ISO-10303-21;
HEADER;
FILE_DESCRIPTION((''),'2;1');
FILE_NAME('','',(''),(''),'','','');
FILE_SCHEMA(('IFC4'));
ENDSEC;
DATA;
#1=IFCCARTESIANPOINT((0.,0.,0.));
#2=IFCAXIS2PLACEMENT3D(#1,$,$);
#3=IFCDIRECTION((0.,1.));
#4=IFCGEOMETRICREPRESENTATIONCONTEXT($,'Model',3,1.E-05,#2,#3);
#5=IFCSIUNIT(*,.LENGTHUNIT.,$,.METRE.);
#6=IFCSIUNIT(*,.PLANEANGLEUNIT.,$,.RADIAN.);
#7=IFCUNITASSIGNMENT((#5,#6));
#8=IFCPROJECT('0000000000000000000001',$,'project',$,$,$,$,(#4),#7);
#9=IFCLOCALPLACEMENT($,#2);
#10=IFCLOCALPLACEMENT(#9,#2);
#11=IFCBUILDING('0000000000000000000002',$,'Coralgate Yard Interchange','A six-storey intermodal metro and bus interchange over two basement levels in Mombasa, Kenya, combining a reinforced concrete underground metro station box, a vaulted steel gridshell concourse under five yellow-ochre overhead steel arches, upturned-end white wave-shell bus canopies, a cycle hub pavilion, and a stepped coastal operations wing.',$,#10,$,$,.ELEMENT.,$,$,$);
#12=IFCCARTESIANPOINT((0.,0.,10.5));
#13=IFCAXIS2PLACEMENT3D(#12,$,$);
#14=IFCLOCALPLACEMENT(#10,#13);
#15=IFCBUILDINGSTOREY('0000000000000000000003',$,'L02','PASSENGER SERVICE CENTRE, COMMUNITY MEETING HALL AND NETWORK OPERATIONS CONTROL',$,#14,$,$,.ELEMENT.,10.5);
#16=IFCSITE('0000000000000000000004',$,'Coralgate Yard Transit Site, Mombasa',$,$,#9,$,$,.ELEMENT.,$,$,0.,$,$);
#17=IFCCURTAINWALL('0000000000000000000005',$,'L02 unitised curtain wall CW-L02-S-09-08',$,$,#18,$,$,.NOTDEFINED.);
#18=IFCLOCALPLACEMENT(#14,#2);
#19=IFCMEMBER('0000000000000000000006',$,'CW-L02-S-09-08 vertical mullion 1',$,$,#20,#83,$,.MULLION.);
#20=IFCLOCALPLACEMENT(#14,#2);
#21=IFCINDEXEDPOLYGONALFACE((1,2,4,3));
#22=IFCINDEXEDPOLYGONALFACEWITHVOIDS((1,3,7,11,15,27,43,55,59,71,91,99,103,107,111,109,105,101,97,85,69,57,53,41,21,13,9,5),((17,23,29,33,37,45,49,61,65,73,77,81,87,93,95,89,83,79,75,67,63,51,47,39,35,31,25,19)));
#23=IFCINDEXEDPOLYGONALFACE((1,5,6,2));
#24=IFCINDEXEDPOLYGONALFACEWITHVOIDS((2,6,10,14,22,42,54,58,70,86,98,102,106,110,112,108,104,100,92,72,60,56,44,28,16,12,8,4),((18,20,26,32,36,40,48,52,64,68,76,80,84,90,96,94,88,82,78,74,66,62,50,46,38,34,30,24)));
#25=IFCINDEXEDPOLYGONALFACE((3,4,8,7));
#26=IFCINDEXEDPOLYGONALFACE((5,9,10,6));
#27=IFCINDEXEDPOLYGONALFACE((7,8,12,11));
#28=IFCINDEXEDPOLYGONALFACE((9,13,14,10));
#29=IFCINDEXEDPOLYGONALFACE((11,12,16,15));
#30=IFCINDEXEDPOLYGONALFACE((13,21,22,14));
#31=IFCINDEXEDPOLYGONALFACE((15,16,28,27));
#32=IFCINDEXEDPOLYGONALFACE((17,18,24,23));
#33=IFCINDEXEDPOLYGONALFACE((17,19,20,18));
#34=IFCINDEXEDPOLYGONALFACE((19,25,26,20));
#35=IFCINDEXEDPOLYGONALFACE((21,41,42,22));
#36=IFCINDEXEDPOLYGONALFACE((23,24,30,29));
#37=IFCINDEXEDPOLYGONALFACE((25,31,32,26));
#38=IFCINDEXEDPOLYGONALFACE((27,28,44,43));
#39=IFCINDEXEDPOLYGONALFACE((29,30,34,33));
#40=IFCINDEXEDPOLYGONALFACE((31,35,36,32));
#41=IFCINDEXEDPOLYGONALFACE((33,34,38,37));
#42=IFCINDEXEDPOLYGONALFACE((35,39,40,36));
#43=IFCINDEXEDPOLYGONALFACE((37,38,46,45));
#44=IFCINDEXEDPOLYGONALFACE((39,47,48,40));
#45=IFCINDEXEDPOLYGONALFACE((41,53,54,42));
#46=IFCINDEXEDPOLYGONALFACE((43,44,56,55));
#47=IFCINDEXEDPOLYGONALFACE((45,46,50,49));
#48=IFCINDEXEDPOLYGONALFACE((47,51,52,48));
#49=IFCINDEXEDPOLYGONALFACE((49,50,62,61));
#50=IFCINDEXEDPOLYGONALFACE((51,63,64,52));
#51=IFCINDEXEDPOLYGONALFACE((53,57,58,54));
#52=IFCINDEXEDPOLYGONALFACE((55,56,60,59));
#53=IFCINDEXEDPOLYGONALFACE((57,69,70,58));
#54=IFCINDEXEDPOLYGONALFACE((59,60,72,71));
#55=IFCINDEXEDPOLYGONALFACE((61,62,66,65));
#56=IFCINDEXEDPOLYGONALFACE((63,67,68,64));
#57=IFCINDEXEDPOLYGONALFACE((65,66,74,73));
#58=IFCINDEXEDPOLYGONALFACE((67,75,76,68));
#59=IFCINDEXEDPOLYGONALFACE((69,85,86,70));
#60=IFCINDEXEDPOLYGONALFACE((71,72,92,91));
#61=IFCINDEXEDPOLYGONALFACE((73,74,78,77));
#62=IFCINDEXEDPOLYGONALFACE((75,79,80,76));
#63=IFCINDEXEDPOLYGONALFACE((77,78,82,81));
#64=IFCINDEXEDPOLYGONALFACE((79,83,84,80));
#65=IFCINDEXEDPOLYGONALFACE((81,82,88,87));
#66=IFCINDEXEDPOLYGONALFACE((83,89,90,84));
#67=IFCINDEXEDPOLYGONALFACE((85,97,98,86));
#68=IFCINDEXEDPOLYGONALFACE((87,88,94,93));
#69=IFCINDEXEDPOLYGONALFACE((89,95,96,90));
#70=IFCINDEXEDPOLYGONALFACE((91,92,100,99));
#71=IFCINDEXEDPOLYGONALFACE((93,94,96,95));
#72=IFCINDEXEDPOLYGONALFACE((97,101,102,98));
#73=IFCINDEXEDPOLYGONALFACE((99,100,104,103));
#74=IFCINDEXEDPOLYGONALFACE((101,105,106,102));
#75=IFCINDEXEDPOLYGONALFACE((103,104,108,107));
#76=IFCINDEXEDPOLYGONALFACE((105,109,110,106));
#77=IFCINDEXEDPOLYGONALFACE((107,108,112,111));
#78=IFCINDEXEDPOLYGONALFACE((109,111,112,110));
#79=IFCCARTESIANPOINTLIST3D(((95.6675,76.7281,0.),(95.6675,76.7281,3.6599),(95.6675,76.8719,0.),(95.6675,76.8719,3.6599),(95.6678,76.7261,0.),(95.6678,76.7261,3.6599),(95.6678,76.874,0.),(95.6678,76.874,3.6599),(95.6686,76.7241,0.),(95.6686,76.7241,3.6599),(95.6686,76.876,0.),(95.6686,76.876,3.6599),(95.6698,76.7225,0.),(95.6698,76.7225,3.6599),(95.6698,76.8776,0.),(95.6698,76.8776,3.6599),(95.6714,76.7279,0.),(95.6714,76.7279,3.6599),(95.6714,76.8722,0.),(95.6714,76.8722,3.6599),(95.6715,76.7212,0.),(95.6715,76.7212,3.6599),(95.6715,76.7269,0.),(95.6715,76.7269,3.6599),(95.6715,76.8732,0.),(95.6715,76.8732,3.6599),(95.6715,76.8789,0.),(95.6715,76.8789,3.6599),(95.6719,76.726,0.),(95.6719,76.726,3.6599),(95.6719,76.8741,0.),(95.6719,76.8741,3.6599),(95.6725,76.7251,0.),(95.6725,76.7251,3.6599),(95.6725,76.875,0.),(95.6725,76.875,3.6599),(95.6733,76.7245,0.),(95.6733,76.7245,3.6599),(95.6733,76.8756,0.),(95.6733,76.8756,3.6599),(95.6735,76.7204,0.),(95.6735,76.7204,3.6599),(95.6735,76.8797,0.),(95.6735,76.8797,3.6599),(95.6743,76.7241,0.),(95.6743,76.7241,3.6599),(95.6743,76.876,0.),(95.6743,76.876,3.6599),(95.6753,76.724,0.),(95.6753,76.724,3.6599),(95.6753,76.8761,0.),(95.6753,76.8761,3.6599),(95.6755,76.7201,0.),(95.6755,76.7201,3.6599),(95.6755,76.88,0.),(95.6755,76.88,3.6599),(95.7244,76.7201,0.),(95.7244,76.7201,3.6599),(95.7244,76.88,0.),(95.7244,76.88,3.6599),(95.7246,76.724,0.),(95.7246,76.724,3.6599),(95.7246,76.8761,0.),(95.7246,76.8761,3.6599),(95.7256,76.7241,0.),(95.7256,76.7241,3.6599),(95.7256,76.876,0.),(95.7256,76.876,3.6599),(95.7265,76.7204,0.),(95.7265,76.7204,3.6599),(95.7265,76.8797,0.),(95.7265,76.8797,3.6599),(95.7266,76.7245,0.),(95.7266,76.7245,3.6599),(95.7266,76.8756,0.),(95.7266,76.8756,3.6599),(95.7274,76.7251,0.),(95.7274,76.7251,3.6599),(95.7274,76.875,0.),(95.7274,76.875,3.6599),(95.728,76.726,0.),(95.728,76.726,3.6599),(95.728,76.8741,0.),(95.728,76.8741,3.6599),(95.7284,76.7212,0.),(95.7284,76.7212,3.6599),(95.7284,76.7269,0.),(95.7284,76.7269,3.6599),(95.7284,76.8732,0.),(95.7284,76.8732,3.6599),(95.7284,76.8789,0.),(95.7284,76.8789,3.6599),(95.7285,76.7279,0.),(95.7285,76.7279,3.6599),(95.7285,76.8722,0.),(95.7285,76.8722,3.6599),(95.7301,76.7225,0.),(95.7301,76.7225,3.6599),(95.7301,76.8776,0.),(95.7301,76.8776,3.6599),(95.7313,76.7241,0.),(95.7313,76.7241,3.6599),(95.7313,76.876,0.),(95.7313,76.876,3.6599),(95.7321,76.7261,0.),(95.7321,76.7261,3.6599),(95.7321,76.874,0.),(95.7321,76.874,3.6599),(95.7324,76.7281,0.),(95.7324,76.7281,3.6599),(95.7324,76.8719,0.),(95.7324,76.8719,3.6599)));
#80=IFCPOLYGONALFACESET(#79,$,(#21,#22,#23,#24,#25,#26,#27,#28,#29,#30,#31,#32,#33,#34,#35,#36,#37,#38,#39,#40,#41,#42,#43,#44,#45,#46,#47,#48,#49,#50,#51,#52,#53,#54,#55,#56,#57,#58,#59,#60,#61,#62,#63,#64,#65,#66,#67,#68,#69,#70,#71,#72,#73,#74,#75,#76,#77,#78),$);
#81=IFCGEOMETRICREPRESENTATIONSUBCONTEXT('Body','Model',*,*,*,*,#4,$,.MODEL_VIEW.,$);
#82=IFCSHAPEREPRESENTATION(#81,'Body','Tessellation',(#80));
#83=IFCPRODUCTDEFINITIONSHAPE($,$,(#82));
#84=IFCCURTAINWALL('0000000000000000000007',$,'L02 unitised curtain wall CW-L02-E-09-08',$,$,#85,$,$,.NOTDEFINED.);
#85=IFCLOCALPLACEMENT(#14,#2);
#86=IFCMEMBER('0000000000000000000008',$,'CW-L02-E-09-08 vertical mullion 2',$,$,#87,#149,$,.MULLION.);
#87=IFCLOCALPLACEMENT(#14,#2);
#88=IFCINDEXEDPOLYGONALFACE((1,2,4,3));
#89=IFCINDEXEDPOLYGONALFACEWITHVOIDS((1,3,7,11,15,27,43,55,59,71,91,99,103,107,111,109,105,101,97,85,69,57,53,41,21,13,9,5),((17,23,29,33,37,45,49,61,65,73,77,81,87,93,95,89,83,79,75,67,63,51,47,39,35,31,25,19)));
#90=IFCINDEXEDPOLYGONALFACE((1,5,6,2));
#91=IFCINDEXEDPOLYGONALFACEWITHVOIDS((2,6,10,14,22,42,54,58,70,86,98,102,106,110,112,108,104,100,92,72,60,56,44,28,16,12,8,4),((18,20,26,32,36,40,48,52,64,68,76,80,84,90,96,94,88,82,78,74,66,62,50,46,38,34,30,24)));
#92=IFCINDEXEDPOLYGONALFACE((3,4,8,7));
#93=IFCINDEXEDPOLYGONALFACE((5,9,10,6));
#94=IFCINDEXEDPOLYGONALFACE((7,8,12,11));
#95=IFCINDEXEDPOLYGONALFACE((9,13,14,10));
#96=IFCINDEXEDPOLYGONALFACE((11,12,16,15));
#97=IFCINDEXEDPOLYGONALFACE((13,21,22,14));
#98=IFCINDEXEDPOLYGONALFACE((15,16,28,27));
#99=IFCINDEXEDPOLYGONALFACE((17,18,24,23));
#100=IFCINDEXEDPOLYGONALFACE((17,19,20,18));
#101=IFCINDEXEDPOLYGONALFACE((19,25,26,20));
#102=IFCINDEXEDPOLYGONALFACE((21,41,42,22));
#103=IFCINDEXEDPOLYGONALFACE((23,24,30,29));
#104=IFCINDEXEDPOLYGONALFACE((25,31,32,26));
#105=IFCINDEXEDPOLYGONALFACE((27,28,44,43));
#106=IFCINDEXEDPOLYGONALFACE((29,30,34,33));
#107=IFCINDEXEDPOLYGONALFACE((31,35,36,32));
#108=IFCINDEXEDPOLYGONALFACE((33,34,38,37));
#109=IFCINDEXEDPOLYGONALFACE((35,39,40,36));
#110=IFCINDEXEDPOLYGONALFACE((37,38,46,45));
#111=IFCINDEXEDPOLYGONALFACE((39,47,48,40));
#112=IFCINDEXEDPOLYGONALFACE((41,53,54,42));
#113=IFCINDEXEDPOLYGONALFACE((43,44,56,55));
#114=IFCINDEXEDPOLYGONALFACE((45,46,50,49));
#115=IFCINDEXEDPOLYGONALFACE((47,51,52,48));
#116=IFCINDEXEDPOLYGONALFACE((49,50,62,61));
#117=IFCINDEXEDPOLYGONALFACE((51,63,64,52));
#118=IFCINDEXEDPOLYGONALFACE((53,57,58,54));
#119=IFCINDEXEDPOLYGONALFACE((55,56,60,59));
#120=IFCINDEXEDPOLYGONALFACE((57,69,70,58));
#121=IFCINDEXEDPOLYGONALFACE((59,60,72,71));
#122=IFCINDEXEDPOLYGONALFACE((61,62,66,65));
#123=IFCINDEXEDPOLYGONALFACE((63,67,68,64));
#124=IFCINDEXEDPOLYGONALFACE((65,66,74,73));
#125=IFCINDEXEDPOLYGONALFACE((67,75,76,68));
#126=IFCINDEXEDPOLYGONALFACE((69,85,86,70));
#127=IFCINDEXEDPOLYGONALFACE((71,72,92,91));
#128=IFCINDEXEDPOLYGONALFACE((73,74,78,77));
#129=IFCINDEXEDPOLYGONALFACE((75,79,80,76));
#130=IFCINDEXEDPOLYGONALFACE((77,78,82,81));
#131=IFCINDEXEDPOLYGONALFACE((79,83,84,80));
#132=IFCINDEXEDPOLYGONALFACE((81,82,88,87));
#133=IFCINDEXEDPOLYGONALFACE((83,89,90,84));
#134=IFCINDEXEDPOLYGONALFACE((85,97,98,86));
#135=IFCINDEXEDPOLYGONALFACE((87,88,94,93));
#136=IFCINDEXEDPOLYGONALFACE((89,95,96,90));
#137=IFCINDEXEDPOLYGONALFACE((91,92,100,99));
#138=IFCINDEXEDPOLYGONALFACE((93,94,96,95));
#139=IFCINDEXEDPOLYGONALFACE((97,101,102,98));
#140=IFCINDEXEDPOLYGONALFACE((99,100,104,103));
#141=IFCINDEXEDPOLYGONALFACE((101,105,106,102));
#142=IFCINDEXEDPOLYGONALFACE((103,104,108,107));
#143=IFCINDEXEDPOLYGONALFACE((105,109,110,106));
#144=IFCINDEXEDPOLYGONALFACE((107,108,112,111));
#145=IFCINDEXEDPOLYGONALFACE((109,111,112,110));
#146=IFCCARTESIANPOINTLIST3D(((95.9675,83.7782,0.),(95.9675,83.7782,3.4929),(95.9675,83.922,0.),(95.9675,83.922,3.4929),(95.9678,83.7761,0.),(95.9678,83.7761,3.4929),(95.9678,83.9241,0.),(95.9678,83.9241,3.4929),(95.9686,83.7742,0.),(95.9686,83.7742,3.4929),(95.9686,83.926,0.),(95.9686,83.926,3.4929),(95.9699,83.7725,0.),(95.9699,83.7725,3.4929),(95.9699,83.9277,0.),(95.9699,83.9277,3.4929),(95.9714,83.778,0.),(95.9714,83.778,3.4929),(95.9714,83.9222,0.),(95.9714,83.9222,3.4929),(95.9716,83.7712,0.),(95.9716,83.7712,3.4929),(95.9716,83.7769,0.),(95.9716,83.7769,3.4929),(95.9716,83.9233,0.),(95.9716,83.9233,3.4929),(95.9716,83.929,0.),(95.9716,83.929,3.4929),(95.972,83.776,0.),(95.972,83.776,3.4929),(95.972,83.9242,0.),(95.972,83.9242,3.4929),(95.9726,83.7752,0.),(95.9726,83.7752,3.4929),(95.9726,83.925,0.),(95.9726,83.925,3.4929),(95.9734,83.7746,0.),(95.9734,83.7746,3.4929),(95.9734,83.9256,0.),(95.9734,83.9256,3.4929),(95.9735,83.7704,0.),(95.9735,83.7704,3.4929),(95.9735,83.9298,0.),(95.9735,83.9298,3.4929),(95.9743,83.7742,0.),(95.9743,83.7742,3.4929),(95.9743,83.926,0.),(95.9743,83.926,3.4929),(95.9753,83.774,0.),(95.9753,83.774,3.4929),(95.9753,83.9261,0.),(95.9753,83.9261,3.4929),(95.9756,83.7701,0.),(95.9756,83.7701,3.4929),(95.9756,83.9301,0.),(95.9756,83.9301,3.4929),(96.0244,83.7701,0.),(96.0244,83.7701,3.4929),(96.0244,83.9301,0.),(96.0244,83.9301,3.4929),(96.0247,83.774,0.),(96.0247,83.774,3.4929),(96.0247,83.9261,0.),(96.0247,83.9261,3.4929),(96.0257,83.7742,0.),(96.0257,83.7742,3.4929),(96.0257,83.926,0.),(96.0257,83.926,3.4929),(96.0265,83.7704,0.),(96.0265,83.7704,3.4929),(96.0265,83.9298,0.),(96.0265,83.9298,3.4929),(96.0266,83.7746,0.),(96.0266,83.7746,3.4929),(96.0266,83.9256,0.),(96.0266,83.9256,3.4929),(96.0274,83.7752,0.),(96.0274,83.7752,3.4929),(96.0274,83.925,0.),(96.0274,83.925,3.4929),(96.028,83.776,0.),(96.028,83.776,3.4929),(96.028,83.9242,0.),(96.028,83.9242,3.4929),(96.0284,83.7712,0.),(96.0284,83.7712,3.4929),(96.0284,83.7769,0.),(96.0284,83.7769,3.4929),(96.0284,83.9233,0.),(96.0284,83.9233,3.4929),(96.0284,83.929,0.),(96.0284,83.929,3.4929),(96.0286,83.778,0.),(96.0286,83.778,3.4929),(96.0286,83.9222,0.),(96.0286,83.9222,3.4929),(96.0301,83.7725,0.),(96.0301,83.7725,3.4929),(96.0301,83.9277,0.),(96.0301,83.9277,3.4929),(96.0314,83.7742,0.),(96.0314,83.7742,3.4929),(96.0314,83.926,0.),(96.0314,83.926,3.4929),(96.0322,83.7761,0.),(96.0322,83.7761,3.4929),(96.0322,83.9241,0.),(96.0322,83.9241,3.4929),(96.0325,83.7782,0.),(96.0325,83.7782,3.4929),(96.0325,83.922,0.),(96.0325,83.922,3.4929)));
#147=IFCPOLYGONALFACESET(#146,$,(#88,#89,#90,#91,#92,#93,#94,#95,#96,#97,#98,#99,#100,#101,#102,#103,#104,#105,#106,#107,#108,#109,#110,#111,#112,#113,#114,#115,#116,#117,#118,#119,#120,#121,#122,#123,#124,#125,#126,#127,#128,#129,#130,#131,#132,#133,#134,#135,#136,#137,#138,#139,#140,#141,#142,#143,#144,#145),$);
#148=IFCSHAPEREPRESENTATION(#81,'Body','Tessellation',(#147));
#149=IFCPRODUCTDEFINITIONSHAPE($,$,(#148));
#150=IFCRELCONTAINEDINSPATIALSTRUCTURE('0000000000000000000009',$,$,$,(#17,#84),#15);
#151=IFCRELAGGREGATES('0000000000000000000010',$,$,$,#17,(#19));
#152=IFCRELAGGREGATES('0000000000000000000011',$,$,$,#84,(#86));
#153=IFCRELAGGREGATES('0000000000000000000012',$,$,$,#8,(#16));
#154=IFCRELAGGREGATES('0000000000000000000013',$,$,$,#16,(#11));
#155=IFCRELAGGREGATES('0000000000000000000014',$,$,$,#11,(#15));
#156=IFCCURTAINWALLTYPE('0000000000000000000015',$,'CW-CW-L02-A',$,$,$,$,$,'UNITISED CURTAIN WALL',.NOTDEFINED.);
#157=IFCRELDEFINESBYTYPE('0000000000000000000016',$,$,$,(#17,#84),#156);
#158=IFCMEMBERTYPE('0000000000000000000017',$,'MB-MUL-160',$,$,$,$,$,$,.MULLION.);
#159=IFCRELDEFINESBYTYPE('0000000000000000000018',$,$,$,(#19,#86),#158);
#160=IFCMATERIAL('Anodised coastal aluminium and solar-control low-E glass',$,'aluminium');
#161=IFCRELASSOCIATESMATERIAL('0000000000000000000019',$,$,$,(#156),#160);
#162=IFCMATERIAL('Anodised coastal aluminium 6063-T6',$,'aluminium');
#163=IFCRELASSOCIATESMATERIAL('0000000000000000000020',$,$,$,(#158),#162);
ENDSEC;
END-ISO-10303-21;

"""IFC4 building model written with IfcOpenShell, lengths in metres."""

from ifc_helpers import new_model, si_unit, direction, frame, origin, origin_2d, place, context, subcontext, project, spatial, hollow_rectangle, extrude, material, material_profile, profile_set, type_object, element, aggregate, save


model = new_model("IFC4")

# Units and contexts
model_context = context("Model", 3, precision=1e-05, world=origin(), true_north=direction((0.0, 1.0)))
body_context = subcontext(model_context, "Body", "Model", "MODEL_VIEW")
ifc_project = project(units=[si_unit("LENGTHUNIT", "METRE"), si_unit("PLANEANGLEUNIT", "RADIAN")], contexts=[model_context])

# Site, building, storey
site_placement = place(None, origin())
site = spatial("IfcSite", under=ifc_project, at=site_placement, Name="Coralgate Yard Transit Site, Mombasa", CompositionType="ELEMENT", RefElevation=0.0)
building_placement = place(site_placement, origin())
building = spatial("IfcBuilding", under=site, at=building_placement, Name="Coralgate Yard Interchange", Description="A six-storey intermodal metro and bus interchange over two basement levels in Mombasa, Kenya, combining a reinforced concrete underground metro station box, a vaulted steel gridshell concourse under five yellow-ochre overhead steel arches, upturned-end white wave-shell bus canopies, a cycle hub pavilion, and a stepped coastal operations wing.", CompositionType="ELEMENT")
storey_placement = place(building_placement, frame((0.0, 0.0, 10.5)))
storey = spatial("IfcBuildingStorey", under=building, at=storey_placement, Name="L02", Description="PASSENGER SERVICE CENTRE, COMMUNITY MEETING HALL AND NETWORK OPERATIONS CONTROL", CompositionType="ELEMENT", Elevation=10.5)

# Curtain wall, member
ifc_material_1 = material(Name="Anodised coastal aluminium and solar-control low-E glass", Category="aluminium")
curtain_wall_type = type_object("IfcCurtainWallType", Name="CW-CW-L02-A", ElementType="UNITISED CURTAIN WALL", PredefinedType="NOTDEFINED", material=ifc_material_1)
curtain_wall_1_placement = place(storey_placement, origin())
curtain_wall_1 = element("IfcCurtainWall", 1, at=curtain_wall_1_placement, inside=storey, type_object=curtain_wall_type, Name="L02 unitised curtain wall CW-L02-S-09-08", PredefinedType="NOTDEFINED")
ifc_material_2 = material(Name="Anodised coastal aluminium 6063-T6", Category="aluminium")
ifc_material_profile_1 = material_profile(ifc_material_2, hollow_rectangle(XDim=0.0649, YDim=0.1599, WallThickness=0.0039, InnerFilletRadius=0.0039, OuterFilletRadius=0.0081, at=origin_2d()), Name="ALU 65x160x4")
ifc_profile_set_1 = profile_set([ifc_material_profile_1], Name="Anodised coastal aluminium 6063-T6")
member_type_1 = type_object("IfcMemberType", Name="MB-MUL-160", PredefinedType="MULLION", material=ifc_profile_set_1)
member_1_placement = place(storey_placement, frame((95.7, 76.8, 0.0), z_axis=(0.0, 0.0, 1.0), x_axis=(1.0, 0.0, 0.0)))
member_1 = element("IfcMember", 2, at=member_1_placement, type_object=member_type_1, Name="CW-L02-S-09-08 vertical mullion 1", PredefinedType="MULLION", context=body_context, shape_type="SweptSolid", body=[
    extrude(hollow_rectangle(XDim=0.0649, YDim=0.1599, WallThickness=0.0039, InnerFilletRadius=0.0039, OuterFilletRadius=0.0081, at=origin_2d()), origin(), (0.0, 0.0, 1.0), 3.6599),
])

# Curtain wall, member
curtain_wall_2_placement = place(storey_placement, origin())
curtain_wall_2 = element("IfcCurtainWall", 3, at=curtain_wall_2_placement, inside=storey, type_object=curtain_wall_type, Name="L02 unitised curtain wall CW-L02-E-09-08", PredefinedType="NOTDEFINED")
member_2_placement = place(storey_placement, frame((96.0, 83.8501, 0.0), z_axis=(0.0, 0.0, 1.0), x_axis=(1.0, 0.0, 0.0)))
member_2 = element("IfcMember", 4, at=member_2_placement, type_object=member_type_1, Name="CW-L02-E-09-08 vertical mullion 2", PredefinedType="MULLION", context=body_context, shape_type="SweptSolid", body=[
    extrude(hollow_rectangle(XDim=0.0649, YDim=0.1599, WallThickness=0.0039, InnerFilletRadius=0.0039, OuterFilletRadius=0.0081, at=origin_2d()), origin(), (0.0, 0.0, 1.0), 3.4929),
])

aggregate(curtain_wall_1, [member_1])

aggregate(curtain_wall_2, [member_2])

save(model, "model.ifc")
